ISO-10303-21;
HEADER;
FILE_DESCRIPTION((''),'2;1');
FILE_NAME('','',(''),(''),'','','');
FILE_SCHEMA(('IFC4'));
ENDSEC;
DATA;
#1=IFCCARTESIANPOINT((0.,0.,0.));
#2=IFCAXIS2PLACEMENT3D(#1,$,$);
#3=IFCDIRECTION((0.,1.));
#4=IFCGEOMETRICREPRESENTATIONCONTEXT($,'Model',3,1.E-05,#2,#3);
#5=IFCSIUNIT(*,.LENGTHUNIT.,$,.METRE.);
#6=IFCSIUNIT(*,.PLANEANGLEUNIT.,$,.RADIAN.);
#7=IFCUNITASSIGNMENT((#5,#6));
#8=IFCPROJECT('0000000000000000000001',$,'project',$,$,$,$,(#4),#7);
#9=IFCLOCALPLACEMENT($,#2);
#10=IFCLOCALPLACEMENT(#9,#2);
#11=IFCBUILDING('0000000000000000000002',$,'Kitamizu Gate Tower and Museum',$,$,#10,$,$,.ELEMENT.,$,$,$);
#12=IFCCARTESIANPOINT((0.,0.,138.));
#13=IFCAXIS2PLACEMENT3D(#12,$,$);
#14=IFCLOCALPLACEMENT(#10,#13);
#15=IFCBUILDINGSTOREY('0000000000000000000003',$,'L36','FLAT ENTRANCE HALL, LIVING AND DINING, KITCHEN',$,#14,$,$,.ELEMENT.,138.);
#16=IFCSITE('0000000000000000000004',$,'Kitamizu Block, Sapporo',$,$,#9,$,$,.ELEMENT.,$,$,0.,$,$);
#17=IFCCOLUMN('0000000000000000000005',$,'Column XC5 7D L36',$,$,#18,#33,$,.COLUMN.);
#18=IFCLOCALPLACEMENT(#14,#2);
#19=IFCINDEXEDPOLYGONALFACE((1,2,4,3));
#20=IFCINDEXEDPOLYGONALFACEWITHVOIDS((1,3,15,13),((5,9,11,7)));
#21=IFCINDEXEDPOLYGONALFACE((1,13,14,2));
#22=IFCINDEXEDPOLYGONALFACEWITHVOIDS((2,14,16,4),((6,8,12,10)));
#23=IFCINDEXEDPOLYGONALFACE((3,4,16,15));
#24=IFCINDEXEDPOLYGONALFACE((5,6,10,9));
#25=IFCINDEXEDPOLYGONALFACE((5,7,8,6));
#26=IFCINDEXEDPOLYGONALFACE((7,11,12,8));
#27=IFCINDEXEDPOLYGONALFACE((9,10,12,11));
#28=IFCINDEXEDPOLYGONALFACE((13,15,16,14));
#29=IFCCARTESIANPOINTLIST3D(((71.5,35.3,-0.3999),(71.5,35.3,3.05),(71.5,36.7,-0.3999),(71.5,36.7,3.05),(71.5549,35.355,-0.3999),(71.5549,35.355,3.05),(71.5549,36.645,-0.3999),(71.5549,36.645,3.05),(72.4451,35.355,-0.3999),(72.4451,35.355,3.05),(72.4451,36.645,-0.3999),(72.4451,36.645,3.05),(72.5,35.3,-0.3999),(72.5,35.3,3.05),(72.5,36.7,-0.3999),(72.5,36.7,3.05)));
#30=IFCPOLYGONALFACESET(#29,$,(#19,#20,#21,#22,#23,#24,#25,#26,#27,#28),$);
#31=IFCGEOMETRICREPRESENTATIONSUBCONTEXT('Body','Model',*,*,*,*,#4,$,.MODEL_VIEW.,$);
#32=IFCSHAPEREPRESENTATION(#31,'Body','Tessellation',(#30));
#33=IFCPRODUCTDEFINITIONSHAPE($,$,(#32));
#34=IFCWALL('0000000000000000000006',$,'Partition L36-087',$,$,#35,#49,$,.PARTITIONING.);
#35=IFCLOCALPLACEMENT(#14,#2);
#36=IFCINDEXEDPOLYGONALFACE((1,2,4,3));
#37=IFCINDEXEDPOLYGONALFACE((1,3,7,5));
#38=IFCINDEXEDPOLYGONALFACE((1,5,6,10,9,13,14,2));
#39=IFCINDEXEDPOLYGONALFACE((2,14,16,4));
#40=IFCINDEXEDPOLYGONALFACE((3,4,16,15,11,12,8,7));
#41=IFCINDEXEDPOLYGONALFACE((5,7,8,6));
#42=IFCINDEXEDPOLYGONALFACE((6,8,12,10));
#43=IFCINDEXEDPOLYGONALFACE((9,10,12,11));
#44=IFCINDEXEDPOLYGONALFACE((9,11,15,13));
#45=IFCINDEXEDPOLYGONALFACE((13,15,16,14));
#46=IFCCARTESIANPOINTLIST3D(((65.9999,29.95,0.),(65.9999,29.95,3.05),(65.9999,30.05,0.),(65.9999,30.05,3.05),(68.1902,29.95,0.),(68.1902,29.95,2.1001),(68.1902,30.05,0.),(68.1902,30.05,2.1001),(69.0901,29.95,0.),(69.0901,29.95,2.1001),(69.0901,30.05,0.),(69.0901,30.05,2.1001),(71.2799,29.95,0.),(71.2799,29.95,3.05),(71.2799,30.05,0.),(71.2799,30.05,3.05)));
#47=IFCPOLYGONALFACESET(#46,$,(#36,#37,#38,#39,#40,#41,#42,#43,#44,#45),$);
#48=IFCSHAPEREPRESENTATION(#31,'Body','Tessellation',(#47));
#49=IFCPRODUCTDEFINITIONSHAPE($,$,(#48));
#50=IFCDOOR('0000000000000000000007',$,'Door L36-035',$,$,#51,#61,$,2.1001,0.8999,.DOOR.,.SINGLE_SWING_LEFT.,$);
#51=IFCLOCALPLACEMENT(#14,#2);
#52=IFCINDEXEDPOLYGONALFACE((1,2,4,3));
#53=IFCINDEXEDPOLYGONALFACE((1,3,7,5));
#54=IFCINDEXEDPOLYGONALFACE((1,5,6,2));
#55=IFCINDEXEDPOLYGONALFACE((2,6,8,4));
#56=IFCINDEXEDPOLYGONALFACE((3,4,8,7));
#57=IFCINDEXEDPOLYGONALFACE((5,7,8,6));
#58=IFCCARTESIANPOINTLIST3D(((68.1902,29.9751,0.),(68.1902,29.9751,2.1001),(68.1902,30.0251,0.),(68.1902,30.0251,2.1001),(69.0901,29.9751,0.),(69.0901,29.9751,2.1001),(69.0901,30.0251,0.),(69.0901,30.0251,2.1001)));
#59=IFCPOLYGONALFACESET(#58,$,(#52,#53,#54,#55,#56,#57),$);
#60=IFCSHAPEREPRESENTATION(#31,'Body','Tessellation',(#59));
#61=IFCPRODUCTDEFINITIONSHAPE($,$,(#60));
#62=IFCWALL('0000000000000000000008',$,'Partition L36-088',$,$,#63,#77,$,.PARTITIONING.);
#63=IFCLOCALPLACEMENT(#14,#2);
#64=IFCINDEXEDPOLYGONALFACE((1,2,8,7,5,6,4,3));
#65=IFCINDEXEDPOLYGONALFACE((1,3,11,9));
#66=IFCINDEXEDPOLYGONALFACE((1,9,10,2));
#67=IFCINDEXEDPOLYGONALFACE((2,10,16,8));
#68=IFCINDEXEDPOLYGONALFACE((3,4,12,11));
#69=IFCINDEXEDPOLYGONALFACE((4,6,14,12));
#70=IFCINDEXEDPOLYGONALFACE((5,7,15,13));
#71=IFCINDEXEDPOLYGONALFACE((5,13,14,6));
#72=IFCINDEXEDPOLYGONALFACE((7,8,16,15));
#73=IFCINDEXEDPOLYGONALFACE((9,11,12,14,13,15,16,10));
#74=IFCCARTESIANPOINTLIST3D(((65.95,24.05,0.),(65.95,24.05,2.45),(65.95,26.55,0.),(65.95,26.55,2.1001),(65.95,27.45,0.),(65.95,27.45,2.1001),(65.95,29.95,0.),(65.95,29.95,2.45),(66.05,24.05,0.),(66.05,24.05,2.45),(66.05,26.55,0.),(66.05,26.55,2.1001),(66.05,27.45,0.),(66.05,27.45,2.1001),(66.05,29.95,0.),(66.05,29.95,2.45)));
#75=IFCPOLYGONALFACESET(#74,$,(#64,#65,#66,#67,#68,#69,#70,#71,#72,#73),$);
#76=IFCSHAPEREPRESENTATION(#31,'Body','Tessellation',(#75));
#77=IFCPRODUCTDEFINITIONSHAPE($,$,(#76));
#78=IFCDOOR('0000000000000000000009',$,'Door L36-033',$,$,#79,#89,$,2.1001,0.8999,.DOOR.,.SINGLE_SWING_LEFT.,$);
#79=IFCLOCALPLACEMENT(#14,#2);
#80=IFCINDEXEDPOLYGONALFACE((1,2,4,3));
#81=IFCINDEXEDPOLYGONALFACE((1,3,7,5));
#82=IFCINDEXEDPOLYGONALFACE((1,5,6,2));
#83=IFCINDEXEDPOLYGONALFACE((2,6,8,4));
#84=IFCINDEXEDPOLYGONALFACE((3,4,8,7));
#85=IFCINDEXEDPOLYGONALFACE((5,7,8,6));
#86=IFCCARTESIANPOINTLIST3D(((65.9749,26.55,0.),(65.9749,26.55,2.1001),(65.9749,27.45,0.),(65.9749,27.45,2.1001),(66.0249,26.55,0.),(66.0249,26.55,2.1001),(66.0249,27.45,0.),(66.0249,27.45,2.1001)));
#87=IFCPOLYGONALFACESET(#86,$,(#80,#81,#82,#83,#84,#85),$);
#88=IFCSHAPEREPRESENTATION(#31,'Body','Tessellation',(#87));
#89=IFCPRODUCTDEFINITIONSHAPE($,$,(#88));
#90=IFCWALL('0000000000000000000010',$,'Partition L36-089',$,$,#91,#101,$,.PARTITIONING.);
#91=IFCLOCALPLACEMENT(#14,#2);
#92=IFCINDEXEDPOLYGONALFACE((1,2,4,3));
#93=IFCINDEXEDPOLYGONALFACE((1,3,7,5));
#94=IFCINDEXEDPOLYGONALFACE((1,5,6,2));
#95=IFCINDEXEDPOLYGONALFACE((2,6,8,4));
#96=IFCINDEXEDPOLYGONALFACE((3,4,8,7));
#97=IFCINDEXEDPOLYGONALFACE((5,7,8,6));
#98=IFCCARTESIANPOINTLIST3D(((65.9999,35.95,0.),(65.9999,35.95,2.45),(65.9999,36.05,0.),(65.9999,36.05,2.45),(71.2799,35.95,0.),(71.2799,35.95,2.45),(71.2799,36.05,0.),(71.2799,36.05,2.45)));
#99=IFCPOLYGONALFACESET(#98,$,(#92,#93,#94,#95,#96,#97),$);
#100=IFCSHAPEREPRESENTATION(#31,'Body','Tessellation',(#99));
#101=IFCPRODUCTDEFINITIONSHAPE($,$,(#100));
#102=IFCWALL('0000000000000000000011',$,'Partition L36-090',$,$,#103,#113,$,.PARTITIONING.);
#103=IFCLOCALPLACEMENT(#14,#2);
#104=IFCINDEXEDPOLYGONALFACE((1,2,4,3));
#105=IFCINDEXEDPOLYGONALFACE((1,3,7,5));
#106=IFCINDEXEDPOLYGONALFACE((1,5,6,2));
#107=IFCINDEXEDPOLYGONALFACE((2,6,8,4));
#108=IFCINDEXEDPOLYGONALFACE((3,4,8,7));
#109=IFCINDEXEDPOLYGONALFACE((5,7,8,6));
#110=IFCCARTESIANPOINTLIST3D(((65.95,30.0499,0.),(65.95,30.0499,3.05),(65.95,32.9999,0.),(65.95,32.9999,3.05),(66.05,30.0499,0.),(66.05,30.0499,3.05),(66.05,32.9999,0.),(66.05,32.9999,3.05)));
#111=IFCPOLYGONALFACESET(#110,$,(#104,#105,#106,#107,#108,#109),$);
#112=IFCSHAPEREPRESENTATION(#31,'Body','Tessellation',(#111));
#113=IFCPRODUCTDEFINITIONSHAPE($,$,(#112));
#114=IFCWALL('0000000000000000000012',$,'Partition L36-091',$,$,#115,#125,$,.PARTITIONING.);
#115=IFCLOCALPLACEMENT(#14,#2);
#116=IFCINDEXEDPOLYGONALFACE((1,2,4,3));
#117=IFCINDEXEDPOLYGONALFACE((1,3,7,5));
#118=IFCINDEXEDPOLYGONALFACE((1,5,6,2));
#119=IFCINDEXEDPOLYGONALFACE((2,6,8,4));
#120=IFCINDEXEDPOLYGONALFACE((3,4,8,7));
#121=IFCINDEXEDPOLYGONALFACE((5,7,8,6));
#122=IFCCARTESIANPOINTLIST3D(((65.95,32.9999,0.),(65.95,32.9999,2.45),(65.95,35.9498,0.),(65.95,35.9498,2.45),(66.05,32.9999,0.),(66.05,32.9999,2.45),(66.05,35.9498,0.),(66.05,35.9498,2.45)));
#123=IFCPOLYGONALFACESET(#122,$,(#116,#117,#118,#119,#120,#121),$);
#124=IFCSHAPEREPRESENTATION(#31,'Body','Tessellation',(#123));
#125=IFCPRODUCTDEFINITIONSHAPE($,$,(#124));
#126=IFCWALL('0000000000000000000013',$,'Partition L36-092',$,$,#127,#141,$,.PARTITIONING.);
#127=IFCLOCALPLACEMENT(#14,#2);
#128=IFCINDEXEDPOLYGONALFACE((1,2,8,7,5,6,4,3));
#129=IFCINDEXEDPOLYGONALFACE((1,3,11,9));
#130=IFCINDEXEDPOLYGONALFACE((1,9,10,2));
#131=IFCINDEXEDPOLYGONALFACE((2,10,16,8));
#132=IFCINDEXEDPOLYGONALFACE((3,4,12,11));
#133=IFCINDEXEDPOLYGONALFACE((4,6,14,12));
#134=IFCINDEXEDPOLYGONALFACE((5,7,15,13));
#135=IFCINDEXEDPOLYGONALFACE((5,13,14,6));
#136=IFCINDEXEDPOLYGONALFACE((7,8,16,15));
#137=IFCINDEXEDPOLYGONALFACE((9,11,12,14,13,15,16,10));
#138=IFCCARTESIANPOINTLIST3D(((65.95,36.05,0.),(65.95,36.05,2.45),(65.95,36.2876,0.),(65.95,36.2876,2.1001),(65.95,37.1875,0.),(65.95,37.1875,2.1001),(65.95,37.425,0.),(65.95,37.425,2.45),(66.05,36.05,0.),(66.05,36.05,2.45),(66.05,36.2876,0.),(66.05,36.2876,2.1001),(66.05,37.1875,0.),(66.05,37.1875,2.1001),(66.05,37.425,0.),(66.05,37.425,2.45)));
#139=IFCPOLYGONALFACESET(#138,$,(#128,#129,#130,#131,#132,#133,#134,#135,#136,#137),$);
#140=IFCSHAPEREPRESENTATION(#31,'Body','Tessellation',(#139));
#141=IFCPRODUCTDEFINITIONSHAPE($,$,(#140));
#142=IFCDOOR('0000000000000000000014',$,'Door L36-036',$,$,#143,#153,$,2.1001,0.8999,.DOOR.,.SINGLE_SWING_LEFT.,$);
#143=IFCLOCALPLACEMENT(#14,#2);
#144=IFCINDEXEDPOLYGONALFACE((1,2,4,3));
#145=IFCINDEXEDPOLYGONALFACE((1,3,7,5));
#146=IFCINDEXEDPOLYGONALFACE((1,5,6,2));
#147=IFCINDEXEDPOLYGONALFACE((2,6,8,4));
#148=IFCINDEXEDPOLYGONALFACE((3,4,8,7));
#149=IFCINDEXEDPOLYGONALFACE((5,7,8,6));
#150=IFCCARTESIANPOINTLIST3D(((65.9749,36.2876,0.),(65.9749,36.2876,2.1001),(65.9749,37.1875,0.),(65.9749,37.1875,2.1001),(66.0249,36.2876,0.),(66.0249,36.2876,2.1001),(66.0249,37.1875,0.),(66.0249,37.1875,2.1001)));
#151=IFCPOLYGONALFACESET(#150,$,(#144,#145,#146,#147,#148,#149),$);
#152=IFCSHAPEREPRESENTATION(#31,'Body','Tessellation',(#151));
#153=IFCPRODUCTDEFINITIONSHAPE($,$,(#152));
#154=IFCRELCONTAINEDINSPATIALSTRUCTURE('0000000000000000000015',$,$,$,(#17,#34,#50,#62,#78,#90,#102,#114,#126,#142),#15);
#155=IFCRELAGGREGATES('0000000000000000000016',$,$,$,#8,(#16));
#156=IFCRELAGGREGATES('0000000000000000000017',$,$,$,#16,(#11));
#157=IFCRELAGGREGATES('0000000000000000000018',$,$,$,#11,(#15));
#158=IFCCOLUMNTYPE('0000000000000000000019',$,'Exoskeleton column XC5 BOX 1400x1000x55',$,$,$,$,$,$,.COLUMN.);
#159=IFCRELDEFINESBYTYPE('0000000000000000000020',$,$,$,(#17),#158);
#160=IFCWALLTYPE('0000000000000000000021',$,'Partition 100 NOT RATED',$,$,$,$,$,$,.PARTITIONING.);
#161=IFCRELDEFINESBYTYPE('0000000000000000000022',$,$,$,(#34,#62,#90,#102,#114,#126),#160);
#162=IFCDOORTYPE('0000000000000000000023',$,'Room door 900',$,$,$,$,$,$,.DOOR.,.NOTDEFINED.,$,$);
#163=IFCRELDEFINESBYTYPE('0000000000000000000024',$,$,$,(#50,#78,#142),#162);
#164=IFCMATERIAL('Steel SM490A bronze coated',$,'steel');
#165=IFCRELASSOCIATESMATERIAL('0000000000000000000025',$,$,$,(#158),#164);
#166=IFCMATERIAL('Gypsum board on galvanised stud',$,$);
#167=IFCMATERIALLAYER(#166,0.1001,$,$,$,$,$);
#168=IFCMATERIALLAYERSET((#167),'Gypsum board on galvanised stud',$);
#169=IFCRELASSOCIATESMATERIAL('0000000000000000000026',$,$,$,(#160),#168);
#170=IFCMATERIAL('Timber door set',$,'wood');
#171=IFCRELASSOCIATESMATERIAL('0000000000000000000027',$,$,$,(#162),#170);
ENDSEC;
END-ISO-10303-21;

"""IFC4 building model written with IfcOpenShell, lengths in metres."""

from ifc_helpers import new_model, si_unit, direction, frame, frame_2d, origin, origin_2d, place, context, subcontext, project, spatial, rectangle, hollow_rectangle, extrude, material, layer, layer_set, material_profile, profile_set, type_object, element, fill, save


model = new_model("IFC4")

# Units and contexts
model_context = context("Model", 3, precision=1e-05, world=origin(), true_north=direction((0.0, 1.0)))
body_context = subcontext(model_context, "Body", "Model", "MODEL_VIEW")
ifc_project = project(units=[si_unit("LENGTHUNIT", "METRE"), si_unit("PLANEANGLEUNIT", "RADIAN")], contexts=[model_context])

# Site, building, storey
site_placement = place(None, origin())
site = spatial("IfcSite", under=ifc_project, at=site_placement, Name="Kitamizu Block, Sapporo", CompositionType="ELEMENT", RefElevation=0.0)
building_placement = place(site_placement, origin())
building = spatial("IfcBuilding", under=site, at=building_placement, Name="Kitamizu Gate Tower and Museum", CompositionType="ELEMENT")
storey_placement = place(building_placement, frame((0.0, 0.0, 138.0)))
storey = spatial("IfcBuildingStorey", under=building, at=storey_placement, Name="L36", Description="FLAT ENTRANCE HALL, LIVING AND DINING, KITCHEN", CompositionType="ELEMENT", Elevation=138.0)

# Column
ifc_material_1 = material(Name="Steel SM490A bronze coated", Category="steel")
ifc_material_profile = material_profile(ifc_material_1, hollow_rectangle(XDim=1.3999, YDim=1.0, WallThickness=0.0549, at=origin_2d()), Name="BOX 1400x1000x55")
ifc_profile_set = profile_set([ifc_material_profile], Name="Steel SM490A bronze coated")
column_type = type_object("IfcColumnType", Name="Exoskeleton column XC5 BOX 1400x1000x55", PredefinedType="COLUMN", material=ifc_profile_set)
column_placement = place(storey_placement, frame((72.0, 36.0, -0.3999), z_axis=(0.0, 0.0, 1.0), x_axis=(0.0, 1.0, 0.0)))
element("IfcColumn", 1, at=column_placement, inside=storey, type_object=column_type, Name="Column XC5 7D L36", PredefinedType="COLUMN", context=body_context, shape_type="SweptSolid", body=[
    extrude(hollow_rectangle(XDim=1.3999, YDim=1.0, WallThickness=0.0549, at=origin_2d()), origin(), (0.0, 0.0, 1.0), 3.45),
])

# Walls, openings, doors
ifc_material_2 = material(Name="Gypsum board on galvanised stud")
ifc_layer_1 = layer(ifc_material_2, 0.1001)
ifc_layer_set_1 = layer_set([ifc_layer_1], Name="Gypsum board on galvanised stud")
wall_type_1 = type_object("IfcWallType", Name="Partition 100 NOT RATED", PredefinedType="PARTITIONING", material=ifc_layer_set_1)
wall_1_placement = place(storey_placement, frame((71.28, 30.0, 0.0), z_axis=(0.0, 0.0, 1.0), x_axis=(-1.0, 0.0, 0.0)))
wall_1 = element("IfcWall", 2, at=wall_1_placement, inside=storey, type_object=wall_type_1, Name="Partition L36-087", PredefinedType="PARTITIONING", context=body_context, shape_type="SweptSolid", body=[
    extrude(rectangle(XDim=5.28, YDim=0.1001, at=frame_2d((2.6401, 0.0))), origin(), (0.0, 0.0, 1.0), 3.05),
])
opening_1_placement = place(wall_1_placement, frame((2.1899, 0.0, 0.0)))
opening_1 = element("IfcOpeningElement", 3, at=opening_1_placement, cuts=wall_1, PredefinedType="OPENING", context=body_context, shape_type="SweptSolid", body=[
    extrude(rectangle(XDim=0.8999, YDim=2.1001, at=frame_2d((0.45, 1.05))), frame((0.0, 0.0601, 0.0), z_axis=(0.0, -1.0, 0.0), x_axis=(1.0, 0.0, 0.0)), (0.0, 0.0, 1.0), 0.1201),
])
ifc_material_3 = material(Name="Timber door set", Category="wood")
door_type_1 = type_object("IfcDoorType", Name="Room door 900", OperationType="NOTDEFINED", PredefinedType="DOOR", material=ifc_material_3)
door_1_placement = place(opening_1_placement, origin())
door_1 = element("IfcDoor", 4, at=door_1_placement, inside=storey, type_object=door_type_1, Name="Door L36-035", OperationType="SINGLE_SWING_LEFT", OverallHeight=2.1001, OverallWidth=0.8999, PredefinedType="DOOR", context=body_context, shape_type="SweptSolid", body=[
    extrude(rectangle(XDim=0.8999, YDim=2.1001, at=frame_2d((0.45, 1.05))), frame((0.0, 0.0249, 0.0), z_axis=(0.0, -1.0, 0.0), x_axis=(1.0, 0.0, 0.0)), (0.0, 0.0, 1.0), 0.05),
])
fill(opening_1, door_1)
wall_2_placement = place(storey_placement, frame((66.0, 29.95, 0.0), z_axis=(0.0, 0.0, 1.0), x_axis=(0.0, -1.0, 0.0)))
wall_2 = element("IfcWall", 5, at=wall_2_placement, inside=storey, type_object=wall_type_1, Name="Partition L36-088", PredefinedType="PARTITIONING", context=body_context, shape_type="SweptSolid", body=[
    extrude(rectangle(XDim=5.8999, YDim=0.1001, at=frame_2d((2.95, 0.0))), origin(), (0.0, 0.0, 1.0), 2.45),
])
opening_2_placement = place(wall_2_placement, frame((2.5, 0.0, 0.0)))
opening_2 = element("IfcOpeningElement", 6, at=opening_2_placement, cuts=wall_2, PredefinedType="OPENING", context=body_context, shape_type="SweptSolid", body=[
    extrude(rectangle(XDim=0.8999, YDim=2.1001, at=frame_2d((0.45, 1.05))), frame((0.0, 0.0601, 0.0), z_axis=(0.0, -1.0, 0.0), x_axis=(1.0, 0.0, 0.0)), (0.0, 0.0, 1.0), 0.1201),
])
door_2_placement = place(opening_2_placement, origin())
door_2 = element("IfcDoor", 7, at=door_2_placement, inside=storey, type_object=door_type_1, Name="Door L36-033", OperationType="SINGLE_SWING_LEFT", OverallHeight=2.1001, OverallWidth=0.8999, PredefinedType="DOOR", context=body_context, shape_type="SweptSolid", body=[
    extrude(rectangle(XDim=0.8999, YDim=2.1001, at=frame_2d((0.45, 1.05))), frame((0.0, 0.0249, 0.0), z_axis=(0.0, -1.0, 0.0), x_axis=(1.0, 0.0, 0.0)), (0.0, 0.0, 1.0), 0.05),
])
fill(opening_2, door_2)

# Walls
wall_3_placement = place(storey_placement, frame((71.28, 36.0, 0.0), z_axis=(0.0, 0.0, 1.0), x_axis=(-1.0, 0.0, 0.0)))
element("IfcWall", 8, at=wall_3_placement, inside=storey, type_object=wall_type_1, Name="Partition L36-089", PredefinedType="PARTITIONING", context=body_context, shape_type="SweptSolid", body=[
    extrude(rectangle(XDim=5.28, YDim=0.1001, at=frame_2d((2.6401, 0.0))), origin(), (0.0, 0.0, 1.0), 2.45),
])
wall_4_placement = place(storey_placement, frame((66.0, 33.0, 0.0), z_axis=(0.0, 0.0, 1.0), x_axis=(0.0, -1.0, 0.0)))
element("IfcWall", 9, at=wall_4_placement, inside=storey, type_object=wall_type_1, Name="Partition L36-090", PredefinedType="PARTITIONING", context=body_context, shape_type="SweptSolid", body=[
    extrude(rectangle(XDim=2.95, YDim=0.1001, at=frame_2d((1.4751, 0.0))), origin(), (0.0, 0.0, 1.0), 3.05),
])
wall_5_placement = place(storey_placement, frame((66.0, 35.95, 0.0), z_axis=(0.0, 0.0, 1.0), x_axis=(0.0, -1.0, 0.0)))
element("IfcWall", 10, at=wall_5_placement, inside=storey, type_object=wall_type_1, Name="Partition L36-091", PredefinedType="PARTITIONING", context=body_context, shape_type="SweptSolid", body=[
    extrude(rectangle(XDim=2.95, YDim=0.1001, at=frame_2d((1.4751, 0.0))), origin(), (0.0, 0.0, 1.0), 2.45),
])

# Wall, opening, door
wall_6_placement = place(storey_placement, frame((66.0, 37.425, 0.0), z_axis=(0.0, 0.0, 1.0), x_axis=(0.0, -1.0, 0.0)))
wall_6 = element("IfcWall", 11, at=wall_6_placement, inside=storey, type_object=wall_type_1, Name="Partition L36-092", PredefinedType="PARTITIONING", context=body_context, shape_type="SweptSolid", body=[
    extrude(rectangle(XDim=1.375, YDim=0.1001, at=frame_2d((0.6875, 0.0))), origin(), (0.0, 0.0, 1.0), 2.45),
])
opening_3_placement = place(wall_6_placement, frame((0.2375, 0.0, 0.0)))
opening_3 = element("IfcOpeningElement", 12, at=opening_3_placement, cuts=wall_6, PredefinedType="OPENING", context=body_context, shape_type="SweptSolid", body=[
    extrude(rectangle(XDim=0.8999, YDim=2.1001, at=frame_2d((0.45, 1.05))), frame((0.0, 0.0601, 0.0), z_axis=(0.0, -1.0, 0.0), x_axis=(1.0, 0.0, 0.0)), (0.0, 0.0, 1.0), 0.1201),
])
door_3_placement = place(opening_3_placement, origin())
door_3 = element("IfcDoor", 13, at=door_3_placement, inside=storey, type_object=door_type_1, Name="Door L36-036", OperationType="SINGLE_SWING_LEFT", OverallHeight=2.1001, OverallWidth=0.8999, PredefinedType="DOOR", context=body_context, shape_type="SweptSolid", body=[
    extrude(rectangle(XDim=0.8999, YDim=2.1001, at=frame_2d((0.45, 1.05))), frame((0.0, 0.0249, 0.0), z_axis=(0.0, -1.0, 0.0), x_axis=(1.0, 0.0, 0.0)), (0.0, 0.0, 1.0), 0.05),
])
fill(opening_3, door_3)

save(model, "model.ifc")
